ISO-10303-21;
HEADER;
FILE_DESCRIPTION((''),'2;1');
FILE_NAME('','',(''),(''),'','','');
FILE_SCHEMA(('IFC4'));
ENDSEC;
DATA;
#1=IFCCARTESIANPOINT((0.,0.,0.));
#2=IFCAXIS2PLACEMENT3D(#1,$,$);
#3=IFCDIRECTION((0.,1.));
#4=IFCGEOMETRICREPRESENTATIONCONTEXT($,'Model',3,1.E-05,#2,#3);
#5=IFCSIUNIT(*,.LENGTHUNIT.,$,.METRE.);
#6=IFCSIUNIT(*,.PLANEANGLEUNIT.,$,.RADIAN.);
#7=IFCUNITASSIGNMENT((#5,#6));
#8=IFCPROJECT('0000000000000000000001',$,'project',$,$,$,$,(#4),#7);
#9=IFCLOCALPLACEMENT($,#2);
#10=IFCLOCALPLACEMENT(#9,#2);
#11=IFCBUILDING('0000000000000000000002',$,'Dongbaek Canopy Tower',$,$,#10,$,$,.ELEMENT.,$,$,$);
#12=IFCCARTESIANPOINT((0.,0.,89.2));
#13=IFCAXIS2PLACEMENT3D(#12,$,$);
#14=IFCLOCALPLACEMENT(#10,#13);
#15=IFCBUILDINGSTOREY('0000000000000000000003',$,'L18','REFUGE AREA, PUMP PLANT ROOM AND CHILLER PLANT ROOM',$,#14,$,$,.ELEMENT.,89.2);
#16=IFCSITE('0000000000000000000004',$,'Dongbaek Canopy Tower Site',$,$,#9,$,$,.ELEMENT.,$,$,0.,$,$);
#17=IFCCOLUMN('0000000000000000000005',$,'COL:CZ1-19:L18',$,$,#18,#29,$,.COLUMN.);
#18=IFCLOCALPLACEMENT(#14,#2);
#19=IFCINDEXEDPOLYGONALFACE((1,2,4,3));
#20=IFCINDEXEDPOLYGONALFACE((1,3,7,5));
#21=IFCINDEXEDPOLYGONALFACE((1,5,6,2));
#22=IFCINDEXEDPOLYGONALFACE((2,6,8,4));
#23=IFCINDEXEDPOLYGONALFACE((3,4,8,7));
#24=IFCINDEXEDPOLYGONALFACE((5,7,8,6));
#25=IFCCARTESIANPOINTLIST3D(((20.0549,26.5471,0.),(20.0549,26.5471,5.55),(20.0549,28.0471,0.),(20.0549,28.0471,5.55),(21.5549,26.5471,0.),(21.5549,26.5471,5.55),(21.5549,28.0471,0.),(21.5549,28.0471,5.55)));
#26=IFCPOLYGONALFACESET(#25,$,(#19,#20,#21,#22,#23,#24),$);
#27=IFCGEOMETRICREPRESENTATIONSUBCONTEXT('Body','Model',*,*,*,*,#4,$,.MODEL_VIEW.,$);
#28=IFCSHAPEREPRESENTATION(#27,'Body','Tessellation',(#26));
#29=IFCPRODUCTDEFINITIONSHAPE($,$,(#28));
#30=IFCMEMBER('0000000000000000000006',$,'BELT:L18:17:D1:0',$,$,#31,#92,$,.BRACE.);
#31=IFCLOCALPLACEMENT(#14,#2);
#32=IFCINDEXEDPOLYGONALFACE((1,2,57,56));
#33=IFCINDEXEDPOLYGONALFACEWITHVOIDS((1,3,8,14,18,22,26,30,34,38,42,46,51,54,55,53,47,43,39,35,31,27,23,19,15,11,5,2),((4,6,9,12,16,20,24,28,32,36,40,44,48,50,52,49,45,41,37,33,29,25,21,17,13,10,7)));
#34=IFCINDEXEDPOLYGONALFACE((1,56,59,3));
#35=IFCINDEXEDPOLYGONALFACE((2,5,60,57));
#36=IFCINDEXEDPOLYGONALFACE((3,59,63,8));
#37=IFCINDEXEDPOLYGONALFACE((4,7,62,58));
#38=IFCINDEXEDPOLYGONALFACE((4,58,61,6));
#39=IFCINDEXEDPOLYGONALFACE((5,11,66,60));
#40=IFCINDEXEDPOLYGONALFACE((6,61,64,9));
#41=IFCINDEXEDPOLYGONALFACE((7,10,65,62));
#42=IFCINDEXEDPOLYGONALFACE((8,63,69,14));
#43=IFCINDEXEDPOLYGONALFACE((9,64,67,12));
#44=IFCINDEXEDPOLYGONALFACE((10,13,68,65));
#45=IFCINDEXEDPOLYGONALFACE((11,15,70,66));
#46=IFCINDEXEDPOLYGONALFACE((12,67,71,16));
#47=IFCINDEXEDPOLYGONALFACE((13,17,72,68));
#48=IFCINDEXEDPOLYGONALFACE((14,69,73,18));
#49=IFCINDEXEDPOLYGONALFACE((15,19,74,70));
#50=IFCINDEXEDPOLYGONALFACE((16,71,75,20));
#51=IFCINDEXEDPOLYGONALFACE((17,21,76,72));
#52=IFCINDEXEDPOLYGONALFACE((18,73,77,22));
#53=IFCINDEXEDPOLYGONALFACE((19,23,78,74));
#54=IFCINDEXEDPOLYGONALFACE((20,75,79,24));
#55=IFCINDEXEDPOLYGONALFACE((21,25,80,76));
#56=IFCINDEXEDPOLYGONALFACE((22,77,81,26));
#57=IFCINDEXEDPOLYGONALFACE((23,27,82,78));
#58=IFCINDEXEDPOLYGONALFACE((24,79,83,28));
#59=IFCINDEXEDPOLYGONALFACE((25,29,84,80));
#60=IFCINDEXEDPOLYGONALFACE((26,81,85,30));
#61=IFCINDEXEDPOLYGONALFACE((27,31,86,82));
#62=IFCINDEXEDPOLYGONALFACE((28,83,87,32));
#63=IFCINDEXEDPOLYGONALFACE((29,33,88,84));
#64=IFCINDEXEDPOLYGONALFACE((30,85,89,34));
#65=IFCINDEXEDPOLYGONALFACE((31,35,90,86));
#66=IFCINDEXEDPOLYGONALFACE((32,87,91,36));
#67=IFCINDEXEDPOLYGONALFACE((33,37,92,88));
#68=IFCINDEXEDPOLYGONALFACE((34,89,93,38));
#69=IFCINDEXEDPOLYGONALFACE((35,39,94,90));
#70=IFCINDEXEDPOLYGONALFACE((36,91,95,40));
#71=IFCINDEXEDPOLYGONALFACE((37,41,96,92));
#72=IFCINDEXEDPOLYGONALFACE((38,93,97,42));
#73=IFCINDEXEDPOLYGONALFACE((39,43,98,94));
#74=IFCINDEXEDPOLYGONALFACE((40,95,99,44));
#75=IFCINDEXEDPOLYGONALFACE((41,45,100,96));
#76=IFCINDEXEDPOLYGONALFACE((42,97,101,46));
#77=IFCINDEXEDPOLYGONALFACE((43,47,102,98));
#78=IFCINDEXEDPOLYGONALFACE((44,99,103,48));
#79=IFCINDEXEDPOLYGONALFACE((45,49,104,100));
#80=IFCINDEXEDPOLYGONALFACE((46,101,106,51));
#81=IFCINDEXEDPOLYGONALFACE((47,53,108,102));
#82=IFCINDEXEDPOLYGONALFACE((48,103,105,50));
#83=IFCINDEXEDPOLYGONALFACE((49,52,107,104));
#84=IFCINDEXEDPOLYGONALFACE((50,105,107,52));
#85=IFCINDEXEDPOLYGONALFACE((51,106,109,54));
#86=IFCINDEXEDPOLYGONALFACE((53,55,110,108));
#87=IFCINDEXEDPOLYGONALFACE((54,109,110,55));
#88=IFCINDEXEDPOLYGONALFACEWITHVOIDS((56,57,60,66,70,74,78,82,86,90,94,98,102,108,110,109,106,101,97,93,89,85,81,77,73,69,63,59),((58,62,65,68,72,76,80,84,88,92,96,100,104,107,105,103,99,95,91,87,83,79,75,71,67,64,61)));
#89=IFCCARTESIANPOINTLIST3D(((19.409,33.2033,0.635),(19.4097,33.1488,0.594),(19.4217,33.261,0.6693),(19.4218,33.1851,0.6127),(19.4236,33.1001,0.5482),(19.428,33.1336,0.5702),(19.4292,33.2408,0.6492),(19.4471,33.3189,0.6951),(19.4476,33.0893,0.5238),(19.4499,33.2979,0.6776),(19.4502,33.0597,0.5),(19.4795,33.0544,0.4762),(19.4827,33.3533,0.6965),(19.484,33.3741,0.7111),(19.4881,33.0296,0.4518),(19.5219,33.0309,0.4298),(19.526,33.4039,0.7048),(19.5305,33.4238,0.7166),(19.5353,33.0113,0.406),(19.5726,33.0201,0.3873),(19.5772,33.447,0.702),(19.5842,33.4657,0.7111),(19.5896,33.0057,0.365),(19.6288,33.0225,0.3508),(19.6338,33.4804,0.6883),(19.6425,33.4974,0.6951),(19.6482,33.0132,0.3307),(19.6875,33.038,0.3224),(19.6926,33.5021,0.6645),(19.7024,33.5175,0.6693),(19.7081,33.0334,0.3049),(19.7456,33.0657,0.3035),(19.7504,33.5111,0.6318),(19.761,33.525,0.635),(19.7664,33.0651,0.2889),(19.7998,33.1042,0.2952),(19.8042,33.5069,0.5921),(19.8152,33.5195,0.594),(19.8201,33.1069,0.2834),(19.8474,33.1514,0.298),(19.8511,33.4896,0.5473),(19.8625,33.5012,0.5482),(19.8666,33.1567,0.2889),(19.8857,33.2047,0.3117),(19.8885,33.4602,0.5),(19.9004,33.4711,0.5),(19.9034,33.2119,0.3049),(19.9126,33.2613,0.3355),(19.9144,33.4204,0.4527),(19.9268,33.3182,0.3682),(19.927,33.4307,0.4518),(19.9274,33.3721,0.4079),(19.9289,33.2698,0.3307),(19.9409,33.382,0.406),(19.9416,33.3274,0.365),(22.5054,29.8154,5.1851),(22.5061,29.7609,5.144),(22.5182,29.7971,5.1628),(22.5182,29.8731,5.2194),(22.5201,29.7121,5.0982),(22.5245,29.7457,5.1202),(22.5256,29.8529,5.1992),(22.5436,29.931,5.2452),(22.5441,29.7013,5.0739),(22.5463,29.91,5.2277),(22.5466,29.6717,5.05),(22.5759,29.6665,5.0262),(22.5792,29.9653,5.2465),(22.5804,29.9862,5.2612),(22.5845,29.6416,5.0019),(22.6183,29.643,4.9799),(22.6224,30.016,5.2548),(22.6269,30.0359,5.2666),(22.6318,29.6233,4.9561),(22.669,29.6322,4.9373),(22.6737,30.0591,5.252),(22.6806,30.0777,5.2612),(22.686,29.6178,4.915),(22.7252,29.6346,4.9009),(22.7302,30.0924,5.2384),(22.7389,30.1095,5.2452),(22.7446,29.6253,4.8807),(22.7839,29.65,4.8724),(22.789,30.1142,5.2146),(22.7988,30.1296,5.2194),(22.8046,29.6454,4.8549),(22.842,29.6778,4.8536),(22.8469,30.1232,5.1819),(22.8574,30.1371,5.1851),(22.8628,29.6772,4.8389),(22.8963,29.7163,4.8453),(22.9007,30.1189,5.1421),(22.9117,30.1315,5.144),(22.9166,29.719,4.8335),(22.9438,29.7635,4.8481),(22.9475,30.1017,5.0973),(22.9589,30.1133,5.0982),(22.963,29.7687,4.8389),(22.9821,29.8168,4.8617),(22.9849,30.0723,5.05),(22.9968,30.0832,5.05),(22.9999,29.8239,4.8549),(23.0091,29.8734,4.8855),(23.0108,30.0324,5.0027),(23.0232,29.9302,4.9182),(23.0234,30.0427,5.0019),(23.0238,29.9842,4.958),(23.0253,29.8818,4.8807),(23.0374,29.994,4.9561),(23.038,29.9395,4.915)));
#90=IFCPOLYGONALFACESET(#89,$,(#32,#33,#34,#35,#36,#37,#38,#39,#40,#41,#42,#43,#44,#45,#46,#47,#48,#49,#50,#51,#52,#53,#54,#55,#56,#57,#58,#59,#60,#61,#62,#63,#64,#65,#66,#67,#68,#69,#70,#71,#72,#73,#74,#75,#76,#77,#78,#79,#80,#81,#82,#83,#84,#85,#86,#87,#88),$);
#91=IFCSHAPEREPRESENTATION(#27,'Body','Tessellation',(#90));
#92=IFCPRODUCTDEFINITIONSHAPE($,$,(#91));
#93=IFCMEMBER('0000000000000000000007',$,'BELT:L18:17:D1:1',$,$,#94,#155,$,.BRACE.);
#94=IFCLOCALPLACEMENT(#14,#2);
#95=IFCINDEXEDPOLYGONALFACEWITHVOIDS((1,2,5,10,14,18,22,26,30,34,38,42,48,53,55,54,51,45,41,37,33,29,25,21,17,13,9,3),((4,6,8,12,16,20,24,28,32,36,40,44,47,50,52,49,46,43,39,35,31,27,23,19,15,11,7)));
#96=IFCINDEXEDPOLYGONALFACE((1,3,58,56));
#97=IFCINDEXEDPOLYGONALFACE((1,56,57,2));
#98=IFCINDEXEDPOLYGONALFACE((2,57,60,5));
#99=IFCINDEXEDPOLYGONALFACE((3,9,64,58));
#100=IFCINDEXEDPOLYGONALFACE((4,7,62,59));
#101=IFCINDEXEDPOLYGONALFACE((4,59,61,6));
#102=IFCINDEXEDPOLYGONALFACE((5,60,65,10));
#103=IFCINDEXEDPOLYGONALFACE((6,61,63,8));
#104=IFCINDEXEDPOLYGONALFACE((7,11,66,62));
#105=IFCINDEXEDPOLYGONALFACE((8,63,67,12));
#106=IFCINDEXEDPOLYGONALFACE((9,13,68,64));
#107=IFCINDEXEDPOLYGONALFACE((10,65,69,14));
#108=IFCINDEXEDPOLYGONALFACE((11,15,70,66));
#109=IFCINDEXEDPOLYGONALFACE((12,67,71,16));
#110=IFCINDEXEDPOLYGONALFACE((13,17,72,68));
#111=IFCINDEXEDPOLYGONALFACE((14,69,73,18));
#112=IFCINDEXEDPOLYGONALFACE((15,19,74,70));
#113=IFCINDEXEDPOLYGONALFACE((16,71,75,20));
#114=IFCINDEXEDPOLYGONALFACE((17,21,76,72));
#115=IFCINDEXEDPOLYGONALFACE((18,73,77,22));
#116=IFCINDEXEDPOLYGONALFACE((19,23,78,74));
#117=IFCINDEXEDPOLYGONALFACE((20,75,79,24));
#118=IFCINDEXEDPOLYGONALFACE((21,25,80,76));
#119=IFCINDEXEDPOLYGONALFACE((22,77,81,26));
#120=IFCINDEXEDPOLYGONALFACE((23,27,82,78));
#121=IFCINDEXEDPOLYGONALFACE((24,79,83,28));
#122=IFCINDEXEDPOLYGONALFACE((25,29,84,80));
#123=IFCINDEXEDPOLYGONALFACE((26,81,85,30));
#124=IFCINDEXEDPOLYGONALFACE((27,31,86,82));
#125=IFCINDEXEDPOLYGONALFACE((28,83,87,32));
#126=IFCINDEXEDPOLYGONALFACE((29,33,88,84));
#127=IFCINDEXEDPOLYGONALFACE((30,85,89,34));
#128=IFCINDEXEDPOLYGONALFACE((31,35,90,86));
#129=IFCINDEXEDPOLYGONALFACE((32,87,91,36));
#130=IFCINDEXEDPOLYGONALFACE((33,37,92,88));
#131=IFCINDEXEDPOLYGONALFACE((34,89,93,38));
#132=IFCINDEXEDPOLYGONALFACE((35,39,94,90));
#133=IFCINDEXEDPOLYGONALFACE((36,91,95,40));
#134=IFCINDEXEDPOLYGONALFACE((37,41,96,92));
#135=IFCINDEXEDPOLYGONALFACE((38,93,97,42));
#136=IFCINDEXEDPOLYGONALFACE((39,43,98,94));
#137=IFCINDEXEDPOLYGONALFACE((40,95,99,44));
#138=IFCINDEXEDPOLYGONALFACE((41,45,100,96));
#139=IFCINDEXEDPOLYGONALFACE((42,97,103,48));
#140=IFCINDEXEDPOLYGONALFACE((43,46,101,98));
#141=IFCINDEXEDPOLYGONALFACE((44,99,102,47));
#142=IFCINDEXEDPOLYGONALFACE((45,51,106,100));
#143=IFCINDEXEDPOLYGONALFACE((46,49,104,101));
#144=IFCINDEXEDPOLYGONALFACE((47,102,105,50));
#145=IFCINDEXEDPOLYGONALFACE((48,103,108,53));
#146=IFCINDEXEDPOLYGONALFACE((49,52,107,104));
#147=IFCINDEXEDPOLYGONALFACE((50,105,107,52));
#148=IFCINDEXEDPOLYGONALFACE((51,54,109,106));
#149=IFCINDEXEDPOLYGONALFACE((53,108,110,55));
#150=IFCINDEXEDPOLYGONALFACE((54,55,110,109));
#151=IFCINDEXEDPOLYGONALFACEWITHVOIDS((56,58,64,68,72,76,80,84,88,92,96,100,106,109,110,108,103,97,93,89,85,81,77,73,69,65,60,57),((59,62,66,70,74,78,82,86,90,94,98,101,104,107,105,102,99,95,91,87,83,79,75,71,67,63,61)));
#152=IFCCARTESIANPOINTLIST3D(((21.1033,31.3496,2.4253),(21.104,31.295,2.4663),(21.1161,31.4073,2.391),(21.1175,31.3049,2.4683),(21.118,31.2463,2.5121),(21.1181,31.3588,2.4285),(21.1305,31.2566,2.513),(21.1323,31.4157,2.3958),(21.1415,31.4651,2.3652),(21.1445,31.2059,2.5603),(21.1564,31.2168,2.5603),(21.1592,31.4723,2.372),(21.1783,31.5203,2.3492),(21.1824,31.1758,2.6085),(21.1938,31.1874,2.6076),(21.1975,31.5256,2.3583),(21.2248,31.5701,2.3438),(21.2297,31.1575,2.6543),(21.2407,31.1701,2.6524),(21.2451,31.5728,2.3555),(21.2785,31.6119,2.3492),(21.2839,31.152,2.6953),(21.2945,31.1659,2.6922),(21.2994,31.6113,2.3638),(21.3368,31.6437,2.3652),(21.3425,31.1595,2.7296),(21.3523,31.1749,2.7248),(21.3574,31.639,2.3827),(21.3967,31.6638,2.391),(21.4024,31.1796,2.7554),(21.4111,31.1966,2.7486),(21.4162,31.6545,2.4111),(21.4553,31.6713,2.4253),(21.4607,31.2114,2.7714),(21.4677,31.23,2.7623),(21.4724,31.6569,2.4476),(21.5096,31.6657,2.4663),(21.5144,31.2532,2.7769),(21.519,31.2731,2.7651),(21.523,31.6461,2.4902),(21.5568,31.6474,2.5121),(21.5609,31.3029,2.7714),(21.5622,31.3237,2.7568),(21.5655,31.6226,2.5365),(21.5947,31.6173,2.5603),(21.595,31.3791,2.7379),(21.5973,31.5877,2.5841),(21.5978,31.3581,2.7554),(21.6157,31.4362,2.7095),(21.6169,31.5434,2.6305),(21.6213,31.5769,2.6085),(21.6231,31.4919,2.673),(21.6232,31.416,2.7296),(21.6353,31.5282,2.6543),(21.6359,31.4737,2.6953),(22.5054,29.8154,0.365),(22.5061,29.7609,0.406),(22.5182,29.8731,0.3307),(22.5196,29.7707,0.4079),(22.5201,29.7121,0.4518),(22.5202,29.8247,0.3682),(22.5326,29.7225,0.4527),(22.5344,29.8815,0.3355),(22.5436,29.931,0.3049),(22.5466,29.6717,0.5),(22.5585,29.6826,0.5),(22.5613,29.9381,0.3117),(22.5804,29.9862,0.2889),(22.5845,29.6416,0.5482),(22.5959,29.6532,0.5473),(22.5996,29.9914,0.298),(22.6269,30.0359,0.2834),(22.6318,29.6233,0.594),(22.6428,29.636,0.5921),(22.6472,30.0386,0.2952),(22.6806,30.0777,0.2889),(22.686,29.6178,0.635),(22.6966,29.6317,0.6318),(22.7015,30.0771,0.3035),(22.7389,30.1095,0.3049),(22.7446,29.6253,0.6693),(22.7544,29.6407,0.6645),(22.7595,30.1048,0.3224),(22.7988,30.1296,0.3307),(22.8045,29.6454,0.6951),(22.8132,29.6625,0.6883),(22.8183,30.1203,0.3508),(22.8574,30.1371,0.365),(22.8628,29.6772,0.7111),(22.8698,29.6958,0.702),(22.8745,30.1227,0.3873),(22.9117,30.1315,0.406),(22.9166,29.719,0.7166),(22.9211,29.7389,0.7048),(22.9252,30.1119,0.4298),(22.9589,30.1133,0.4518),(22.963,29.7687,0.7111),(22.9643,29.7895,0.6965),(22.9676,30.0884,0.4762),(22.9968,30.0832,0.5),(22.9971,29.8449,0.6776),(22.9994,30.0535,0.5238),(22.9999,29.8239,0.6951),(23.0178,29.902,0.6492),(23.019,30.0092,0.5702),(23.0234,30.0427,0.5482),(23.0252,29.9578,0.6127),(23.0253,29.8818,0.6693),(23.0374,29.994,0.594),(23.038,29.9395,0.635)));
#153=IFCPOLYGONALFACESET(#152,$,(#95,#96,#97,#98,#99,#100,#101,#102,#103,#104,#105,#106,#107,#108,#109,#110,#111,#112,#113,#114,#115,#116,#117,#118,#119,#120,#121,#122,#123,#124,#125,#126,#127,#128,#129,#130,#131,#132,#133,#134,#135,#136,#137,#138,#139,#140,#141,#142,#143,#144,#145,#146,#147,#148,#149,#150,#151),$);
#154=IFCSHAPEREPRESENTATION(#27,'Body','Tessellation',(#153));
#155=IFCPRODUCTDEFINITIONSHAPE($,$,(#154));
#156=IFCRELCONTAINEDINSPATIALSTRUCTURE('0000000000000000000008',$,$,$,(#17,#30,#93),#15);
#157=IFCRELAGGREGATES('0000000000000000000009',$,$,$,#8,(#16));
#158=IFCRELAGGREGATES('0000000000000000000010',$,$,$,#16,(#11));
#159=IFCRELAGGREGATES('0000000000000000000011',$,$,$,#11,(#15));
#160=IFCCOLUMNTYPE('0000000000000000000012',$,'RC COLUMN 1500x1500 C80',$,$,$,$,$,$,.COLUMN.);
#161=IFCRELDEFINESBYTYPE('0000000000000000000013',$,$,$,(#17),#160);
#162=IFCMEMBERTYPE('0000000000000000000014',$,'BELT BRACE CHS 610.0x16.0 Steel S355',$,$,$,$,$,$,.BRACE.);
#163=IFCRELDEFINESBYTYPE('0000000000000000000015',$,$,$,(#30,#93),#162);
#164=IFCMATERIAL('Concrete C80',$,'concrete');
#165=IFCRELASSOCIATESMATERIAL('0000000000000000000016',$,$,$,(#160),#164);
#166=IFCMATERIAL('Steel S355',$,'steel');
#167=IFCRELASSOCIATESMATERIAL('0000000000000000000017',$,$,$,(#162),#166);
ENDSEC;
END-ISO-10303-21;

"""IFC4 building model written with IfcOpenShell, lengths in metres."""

from ifc_helpers import new_model, si_unit, direction, frame, origin, origin_2d, place, context, subcontext, project, spatial, rectangle, hollow_circle, extrude, material, material_profile, profile_set, type_object, element, save


model = new_model("IFC4")

# Units and contexts
model_context = context("Model", 3, precision=1e-05, world=origin(), true_north=direction((0.0, 1.0)))
body_context = subcontext(model_context, "Body", "Model", "MODEL_VIEW")
ifc_project = project(units=[si_unit("LENGTHUNIT", "METRE"), si_unit("PLANEANGLEUNIT", "RADIAN")], contexts=[model_context])

# Site, building, storey
site_placement = place(None, origin())
site = spatial("IfcSite", under=ifc_project, at=site_placement, Name="Dongbaek Canopy Tower Site", CompositionType="ELEMENT", RefElevation=0.0)
building_placement = place(site_placement, origin())
building = spatial("IfcBuilding", under=site, at=building_placement, Name="Dongbaek Canopy Tower", CompositionType="ELEMENT")
storey_placement = place(building_placement, frame((0.0, 0.0, 89.2)))
storey = spatial("IfcBuildingStorey", under=building, at=storey_placement, Name="L18", Description="REFUGE AREA, PUMP PLANT ROOM AND CHILLER PLANT ROOM", CompositionType="ELEMENT", Elevation=89.2)

# Column
ifc_material_1 = material(Name="Concrete C80", Category="concrete")
ifc_material_profile_1 = material_profile(ifc_material_1, rectangle(XDim=1.5, YDim=1.5, at=origin_2d()), Name="RC COLUMN 1500x1500 C80")
ifc_profile_set_1 = profile_set([ifc_material_profile_1], Name="Concrete C80")
column_type = type_object("IfcColumnType", Name="RC COLUMN 1500x1500 C80", PredefinedType="COLUMN", material=ifc_profile_set_1)
column_placement = place(storey_placement, frame((20.8049, 27.2971, 0.0), z_axis=(0.0, 0.0, 1.0), x_axis=(1.0, 0.0, 0.0)))
element("IfcColumn", 1, at=column_placement, inside=storey, type_object=column_type, Name="COL:CZ1-19:L18", PredefinedType="COLUMN", context=body_context, shape_type="SweptSolid", body=[
    extrude(rectangle(XDim=1.5, YDim=1.5, at=origin_2d()), origin(), (0.0, 0.0, 1.0), 5.55),
])

# Members
ifc_material_2 = material(Name="Steel S355", Category="steel")
ifc_material_profile_2 = material_profile(ifc_material_2, hollow_circle(Radius=0.3049, WallThickness=0.0161, at=origin_2d()), Name="BELT BRACE CHS 610.0x16.0 Steel S355")
ifc_profile_set_2 = profile_set([ifc_material_profile_2], Name="Steel S355")
member_type_1 = type_object("IfcMemberType", Name="BELT BRACE CHS 610.0x16.0 Steel S355", PredefinedType="BRACE", material=ifc_profile_set_2)
member_1_placement = place(storey_placement, frame((19.6753, 33.2654, 0.5), z_axis=(0.47911, -0.524214, 0.704027), x_axis=(0.738149, 0.674638, 0.0)))
element("IfcMember", 2, at=member_1_placement, inside=storey, type_object=member_type_1, Name="BELT:L18:17:D1:0", PredefinedType="BRACE", context=body_context, shape_type="SweptSolid", body=[
    extrude(hollow_circle(Radius=0.3049, WallThickness=0.0161, at=origin_2d()), origin(), (0.0, 0.0, 1.0), 6.4629),
])
for number, where, z_axis, x_axis, name in (
    (3, (22.7717, 29.8774, 0.5), (-0.479104, 0.524236, 0.704015), (-0.738168, -0.674617, 0.0), "BELT:L18:17:D1:1"),
):
    element("IfcMember", number, at=place(storey_placement, frame(where, z_axis=z_axis, x_axis=x_axis)), inside=storey, type_object=member_type_1, Name=name, PredefinedType="BRACE", context=body_context, shape_type="SweptSolid", body=[
        extrude(hollow_circle(Radius=0.3049, WallThickness=0.0161, at=origin_2d()), origin(), (0.0, 0.0, 1.0), 2.9265),
    ])

save(model, "model.ifc")
